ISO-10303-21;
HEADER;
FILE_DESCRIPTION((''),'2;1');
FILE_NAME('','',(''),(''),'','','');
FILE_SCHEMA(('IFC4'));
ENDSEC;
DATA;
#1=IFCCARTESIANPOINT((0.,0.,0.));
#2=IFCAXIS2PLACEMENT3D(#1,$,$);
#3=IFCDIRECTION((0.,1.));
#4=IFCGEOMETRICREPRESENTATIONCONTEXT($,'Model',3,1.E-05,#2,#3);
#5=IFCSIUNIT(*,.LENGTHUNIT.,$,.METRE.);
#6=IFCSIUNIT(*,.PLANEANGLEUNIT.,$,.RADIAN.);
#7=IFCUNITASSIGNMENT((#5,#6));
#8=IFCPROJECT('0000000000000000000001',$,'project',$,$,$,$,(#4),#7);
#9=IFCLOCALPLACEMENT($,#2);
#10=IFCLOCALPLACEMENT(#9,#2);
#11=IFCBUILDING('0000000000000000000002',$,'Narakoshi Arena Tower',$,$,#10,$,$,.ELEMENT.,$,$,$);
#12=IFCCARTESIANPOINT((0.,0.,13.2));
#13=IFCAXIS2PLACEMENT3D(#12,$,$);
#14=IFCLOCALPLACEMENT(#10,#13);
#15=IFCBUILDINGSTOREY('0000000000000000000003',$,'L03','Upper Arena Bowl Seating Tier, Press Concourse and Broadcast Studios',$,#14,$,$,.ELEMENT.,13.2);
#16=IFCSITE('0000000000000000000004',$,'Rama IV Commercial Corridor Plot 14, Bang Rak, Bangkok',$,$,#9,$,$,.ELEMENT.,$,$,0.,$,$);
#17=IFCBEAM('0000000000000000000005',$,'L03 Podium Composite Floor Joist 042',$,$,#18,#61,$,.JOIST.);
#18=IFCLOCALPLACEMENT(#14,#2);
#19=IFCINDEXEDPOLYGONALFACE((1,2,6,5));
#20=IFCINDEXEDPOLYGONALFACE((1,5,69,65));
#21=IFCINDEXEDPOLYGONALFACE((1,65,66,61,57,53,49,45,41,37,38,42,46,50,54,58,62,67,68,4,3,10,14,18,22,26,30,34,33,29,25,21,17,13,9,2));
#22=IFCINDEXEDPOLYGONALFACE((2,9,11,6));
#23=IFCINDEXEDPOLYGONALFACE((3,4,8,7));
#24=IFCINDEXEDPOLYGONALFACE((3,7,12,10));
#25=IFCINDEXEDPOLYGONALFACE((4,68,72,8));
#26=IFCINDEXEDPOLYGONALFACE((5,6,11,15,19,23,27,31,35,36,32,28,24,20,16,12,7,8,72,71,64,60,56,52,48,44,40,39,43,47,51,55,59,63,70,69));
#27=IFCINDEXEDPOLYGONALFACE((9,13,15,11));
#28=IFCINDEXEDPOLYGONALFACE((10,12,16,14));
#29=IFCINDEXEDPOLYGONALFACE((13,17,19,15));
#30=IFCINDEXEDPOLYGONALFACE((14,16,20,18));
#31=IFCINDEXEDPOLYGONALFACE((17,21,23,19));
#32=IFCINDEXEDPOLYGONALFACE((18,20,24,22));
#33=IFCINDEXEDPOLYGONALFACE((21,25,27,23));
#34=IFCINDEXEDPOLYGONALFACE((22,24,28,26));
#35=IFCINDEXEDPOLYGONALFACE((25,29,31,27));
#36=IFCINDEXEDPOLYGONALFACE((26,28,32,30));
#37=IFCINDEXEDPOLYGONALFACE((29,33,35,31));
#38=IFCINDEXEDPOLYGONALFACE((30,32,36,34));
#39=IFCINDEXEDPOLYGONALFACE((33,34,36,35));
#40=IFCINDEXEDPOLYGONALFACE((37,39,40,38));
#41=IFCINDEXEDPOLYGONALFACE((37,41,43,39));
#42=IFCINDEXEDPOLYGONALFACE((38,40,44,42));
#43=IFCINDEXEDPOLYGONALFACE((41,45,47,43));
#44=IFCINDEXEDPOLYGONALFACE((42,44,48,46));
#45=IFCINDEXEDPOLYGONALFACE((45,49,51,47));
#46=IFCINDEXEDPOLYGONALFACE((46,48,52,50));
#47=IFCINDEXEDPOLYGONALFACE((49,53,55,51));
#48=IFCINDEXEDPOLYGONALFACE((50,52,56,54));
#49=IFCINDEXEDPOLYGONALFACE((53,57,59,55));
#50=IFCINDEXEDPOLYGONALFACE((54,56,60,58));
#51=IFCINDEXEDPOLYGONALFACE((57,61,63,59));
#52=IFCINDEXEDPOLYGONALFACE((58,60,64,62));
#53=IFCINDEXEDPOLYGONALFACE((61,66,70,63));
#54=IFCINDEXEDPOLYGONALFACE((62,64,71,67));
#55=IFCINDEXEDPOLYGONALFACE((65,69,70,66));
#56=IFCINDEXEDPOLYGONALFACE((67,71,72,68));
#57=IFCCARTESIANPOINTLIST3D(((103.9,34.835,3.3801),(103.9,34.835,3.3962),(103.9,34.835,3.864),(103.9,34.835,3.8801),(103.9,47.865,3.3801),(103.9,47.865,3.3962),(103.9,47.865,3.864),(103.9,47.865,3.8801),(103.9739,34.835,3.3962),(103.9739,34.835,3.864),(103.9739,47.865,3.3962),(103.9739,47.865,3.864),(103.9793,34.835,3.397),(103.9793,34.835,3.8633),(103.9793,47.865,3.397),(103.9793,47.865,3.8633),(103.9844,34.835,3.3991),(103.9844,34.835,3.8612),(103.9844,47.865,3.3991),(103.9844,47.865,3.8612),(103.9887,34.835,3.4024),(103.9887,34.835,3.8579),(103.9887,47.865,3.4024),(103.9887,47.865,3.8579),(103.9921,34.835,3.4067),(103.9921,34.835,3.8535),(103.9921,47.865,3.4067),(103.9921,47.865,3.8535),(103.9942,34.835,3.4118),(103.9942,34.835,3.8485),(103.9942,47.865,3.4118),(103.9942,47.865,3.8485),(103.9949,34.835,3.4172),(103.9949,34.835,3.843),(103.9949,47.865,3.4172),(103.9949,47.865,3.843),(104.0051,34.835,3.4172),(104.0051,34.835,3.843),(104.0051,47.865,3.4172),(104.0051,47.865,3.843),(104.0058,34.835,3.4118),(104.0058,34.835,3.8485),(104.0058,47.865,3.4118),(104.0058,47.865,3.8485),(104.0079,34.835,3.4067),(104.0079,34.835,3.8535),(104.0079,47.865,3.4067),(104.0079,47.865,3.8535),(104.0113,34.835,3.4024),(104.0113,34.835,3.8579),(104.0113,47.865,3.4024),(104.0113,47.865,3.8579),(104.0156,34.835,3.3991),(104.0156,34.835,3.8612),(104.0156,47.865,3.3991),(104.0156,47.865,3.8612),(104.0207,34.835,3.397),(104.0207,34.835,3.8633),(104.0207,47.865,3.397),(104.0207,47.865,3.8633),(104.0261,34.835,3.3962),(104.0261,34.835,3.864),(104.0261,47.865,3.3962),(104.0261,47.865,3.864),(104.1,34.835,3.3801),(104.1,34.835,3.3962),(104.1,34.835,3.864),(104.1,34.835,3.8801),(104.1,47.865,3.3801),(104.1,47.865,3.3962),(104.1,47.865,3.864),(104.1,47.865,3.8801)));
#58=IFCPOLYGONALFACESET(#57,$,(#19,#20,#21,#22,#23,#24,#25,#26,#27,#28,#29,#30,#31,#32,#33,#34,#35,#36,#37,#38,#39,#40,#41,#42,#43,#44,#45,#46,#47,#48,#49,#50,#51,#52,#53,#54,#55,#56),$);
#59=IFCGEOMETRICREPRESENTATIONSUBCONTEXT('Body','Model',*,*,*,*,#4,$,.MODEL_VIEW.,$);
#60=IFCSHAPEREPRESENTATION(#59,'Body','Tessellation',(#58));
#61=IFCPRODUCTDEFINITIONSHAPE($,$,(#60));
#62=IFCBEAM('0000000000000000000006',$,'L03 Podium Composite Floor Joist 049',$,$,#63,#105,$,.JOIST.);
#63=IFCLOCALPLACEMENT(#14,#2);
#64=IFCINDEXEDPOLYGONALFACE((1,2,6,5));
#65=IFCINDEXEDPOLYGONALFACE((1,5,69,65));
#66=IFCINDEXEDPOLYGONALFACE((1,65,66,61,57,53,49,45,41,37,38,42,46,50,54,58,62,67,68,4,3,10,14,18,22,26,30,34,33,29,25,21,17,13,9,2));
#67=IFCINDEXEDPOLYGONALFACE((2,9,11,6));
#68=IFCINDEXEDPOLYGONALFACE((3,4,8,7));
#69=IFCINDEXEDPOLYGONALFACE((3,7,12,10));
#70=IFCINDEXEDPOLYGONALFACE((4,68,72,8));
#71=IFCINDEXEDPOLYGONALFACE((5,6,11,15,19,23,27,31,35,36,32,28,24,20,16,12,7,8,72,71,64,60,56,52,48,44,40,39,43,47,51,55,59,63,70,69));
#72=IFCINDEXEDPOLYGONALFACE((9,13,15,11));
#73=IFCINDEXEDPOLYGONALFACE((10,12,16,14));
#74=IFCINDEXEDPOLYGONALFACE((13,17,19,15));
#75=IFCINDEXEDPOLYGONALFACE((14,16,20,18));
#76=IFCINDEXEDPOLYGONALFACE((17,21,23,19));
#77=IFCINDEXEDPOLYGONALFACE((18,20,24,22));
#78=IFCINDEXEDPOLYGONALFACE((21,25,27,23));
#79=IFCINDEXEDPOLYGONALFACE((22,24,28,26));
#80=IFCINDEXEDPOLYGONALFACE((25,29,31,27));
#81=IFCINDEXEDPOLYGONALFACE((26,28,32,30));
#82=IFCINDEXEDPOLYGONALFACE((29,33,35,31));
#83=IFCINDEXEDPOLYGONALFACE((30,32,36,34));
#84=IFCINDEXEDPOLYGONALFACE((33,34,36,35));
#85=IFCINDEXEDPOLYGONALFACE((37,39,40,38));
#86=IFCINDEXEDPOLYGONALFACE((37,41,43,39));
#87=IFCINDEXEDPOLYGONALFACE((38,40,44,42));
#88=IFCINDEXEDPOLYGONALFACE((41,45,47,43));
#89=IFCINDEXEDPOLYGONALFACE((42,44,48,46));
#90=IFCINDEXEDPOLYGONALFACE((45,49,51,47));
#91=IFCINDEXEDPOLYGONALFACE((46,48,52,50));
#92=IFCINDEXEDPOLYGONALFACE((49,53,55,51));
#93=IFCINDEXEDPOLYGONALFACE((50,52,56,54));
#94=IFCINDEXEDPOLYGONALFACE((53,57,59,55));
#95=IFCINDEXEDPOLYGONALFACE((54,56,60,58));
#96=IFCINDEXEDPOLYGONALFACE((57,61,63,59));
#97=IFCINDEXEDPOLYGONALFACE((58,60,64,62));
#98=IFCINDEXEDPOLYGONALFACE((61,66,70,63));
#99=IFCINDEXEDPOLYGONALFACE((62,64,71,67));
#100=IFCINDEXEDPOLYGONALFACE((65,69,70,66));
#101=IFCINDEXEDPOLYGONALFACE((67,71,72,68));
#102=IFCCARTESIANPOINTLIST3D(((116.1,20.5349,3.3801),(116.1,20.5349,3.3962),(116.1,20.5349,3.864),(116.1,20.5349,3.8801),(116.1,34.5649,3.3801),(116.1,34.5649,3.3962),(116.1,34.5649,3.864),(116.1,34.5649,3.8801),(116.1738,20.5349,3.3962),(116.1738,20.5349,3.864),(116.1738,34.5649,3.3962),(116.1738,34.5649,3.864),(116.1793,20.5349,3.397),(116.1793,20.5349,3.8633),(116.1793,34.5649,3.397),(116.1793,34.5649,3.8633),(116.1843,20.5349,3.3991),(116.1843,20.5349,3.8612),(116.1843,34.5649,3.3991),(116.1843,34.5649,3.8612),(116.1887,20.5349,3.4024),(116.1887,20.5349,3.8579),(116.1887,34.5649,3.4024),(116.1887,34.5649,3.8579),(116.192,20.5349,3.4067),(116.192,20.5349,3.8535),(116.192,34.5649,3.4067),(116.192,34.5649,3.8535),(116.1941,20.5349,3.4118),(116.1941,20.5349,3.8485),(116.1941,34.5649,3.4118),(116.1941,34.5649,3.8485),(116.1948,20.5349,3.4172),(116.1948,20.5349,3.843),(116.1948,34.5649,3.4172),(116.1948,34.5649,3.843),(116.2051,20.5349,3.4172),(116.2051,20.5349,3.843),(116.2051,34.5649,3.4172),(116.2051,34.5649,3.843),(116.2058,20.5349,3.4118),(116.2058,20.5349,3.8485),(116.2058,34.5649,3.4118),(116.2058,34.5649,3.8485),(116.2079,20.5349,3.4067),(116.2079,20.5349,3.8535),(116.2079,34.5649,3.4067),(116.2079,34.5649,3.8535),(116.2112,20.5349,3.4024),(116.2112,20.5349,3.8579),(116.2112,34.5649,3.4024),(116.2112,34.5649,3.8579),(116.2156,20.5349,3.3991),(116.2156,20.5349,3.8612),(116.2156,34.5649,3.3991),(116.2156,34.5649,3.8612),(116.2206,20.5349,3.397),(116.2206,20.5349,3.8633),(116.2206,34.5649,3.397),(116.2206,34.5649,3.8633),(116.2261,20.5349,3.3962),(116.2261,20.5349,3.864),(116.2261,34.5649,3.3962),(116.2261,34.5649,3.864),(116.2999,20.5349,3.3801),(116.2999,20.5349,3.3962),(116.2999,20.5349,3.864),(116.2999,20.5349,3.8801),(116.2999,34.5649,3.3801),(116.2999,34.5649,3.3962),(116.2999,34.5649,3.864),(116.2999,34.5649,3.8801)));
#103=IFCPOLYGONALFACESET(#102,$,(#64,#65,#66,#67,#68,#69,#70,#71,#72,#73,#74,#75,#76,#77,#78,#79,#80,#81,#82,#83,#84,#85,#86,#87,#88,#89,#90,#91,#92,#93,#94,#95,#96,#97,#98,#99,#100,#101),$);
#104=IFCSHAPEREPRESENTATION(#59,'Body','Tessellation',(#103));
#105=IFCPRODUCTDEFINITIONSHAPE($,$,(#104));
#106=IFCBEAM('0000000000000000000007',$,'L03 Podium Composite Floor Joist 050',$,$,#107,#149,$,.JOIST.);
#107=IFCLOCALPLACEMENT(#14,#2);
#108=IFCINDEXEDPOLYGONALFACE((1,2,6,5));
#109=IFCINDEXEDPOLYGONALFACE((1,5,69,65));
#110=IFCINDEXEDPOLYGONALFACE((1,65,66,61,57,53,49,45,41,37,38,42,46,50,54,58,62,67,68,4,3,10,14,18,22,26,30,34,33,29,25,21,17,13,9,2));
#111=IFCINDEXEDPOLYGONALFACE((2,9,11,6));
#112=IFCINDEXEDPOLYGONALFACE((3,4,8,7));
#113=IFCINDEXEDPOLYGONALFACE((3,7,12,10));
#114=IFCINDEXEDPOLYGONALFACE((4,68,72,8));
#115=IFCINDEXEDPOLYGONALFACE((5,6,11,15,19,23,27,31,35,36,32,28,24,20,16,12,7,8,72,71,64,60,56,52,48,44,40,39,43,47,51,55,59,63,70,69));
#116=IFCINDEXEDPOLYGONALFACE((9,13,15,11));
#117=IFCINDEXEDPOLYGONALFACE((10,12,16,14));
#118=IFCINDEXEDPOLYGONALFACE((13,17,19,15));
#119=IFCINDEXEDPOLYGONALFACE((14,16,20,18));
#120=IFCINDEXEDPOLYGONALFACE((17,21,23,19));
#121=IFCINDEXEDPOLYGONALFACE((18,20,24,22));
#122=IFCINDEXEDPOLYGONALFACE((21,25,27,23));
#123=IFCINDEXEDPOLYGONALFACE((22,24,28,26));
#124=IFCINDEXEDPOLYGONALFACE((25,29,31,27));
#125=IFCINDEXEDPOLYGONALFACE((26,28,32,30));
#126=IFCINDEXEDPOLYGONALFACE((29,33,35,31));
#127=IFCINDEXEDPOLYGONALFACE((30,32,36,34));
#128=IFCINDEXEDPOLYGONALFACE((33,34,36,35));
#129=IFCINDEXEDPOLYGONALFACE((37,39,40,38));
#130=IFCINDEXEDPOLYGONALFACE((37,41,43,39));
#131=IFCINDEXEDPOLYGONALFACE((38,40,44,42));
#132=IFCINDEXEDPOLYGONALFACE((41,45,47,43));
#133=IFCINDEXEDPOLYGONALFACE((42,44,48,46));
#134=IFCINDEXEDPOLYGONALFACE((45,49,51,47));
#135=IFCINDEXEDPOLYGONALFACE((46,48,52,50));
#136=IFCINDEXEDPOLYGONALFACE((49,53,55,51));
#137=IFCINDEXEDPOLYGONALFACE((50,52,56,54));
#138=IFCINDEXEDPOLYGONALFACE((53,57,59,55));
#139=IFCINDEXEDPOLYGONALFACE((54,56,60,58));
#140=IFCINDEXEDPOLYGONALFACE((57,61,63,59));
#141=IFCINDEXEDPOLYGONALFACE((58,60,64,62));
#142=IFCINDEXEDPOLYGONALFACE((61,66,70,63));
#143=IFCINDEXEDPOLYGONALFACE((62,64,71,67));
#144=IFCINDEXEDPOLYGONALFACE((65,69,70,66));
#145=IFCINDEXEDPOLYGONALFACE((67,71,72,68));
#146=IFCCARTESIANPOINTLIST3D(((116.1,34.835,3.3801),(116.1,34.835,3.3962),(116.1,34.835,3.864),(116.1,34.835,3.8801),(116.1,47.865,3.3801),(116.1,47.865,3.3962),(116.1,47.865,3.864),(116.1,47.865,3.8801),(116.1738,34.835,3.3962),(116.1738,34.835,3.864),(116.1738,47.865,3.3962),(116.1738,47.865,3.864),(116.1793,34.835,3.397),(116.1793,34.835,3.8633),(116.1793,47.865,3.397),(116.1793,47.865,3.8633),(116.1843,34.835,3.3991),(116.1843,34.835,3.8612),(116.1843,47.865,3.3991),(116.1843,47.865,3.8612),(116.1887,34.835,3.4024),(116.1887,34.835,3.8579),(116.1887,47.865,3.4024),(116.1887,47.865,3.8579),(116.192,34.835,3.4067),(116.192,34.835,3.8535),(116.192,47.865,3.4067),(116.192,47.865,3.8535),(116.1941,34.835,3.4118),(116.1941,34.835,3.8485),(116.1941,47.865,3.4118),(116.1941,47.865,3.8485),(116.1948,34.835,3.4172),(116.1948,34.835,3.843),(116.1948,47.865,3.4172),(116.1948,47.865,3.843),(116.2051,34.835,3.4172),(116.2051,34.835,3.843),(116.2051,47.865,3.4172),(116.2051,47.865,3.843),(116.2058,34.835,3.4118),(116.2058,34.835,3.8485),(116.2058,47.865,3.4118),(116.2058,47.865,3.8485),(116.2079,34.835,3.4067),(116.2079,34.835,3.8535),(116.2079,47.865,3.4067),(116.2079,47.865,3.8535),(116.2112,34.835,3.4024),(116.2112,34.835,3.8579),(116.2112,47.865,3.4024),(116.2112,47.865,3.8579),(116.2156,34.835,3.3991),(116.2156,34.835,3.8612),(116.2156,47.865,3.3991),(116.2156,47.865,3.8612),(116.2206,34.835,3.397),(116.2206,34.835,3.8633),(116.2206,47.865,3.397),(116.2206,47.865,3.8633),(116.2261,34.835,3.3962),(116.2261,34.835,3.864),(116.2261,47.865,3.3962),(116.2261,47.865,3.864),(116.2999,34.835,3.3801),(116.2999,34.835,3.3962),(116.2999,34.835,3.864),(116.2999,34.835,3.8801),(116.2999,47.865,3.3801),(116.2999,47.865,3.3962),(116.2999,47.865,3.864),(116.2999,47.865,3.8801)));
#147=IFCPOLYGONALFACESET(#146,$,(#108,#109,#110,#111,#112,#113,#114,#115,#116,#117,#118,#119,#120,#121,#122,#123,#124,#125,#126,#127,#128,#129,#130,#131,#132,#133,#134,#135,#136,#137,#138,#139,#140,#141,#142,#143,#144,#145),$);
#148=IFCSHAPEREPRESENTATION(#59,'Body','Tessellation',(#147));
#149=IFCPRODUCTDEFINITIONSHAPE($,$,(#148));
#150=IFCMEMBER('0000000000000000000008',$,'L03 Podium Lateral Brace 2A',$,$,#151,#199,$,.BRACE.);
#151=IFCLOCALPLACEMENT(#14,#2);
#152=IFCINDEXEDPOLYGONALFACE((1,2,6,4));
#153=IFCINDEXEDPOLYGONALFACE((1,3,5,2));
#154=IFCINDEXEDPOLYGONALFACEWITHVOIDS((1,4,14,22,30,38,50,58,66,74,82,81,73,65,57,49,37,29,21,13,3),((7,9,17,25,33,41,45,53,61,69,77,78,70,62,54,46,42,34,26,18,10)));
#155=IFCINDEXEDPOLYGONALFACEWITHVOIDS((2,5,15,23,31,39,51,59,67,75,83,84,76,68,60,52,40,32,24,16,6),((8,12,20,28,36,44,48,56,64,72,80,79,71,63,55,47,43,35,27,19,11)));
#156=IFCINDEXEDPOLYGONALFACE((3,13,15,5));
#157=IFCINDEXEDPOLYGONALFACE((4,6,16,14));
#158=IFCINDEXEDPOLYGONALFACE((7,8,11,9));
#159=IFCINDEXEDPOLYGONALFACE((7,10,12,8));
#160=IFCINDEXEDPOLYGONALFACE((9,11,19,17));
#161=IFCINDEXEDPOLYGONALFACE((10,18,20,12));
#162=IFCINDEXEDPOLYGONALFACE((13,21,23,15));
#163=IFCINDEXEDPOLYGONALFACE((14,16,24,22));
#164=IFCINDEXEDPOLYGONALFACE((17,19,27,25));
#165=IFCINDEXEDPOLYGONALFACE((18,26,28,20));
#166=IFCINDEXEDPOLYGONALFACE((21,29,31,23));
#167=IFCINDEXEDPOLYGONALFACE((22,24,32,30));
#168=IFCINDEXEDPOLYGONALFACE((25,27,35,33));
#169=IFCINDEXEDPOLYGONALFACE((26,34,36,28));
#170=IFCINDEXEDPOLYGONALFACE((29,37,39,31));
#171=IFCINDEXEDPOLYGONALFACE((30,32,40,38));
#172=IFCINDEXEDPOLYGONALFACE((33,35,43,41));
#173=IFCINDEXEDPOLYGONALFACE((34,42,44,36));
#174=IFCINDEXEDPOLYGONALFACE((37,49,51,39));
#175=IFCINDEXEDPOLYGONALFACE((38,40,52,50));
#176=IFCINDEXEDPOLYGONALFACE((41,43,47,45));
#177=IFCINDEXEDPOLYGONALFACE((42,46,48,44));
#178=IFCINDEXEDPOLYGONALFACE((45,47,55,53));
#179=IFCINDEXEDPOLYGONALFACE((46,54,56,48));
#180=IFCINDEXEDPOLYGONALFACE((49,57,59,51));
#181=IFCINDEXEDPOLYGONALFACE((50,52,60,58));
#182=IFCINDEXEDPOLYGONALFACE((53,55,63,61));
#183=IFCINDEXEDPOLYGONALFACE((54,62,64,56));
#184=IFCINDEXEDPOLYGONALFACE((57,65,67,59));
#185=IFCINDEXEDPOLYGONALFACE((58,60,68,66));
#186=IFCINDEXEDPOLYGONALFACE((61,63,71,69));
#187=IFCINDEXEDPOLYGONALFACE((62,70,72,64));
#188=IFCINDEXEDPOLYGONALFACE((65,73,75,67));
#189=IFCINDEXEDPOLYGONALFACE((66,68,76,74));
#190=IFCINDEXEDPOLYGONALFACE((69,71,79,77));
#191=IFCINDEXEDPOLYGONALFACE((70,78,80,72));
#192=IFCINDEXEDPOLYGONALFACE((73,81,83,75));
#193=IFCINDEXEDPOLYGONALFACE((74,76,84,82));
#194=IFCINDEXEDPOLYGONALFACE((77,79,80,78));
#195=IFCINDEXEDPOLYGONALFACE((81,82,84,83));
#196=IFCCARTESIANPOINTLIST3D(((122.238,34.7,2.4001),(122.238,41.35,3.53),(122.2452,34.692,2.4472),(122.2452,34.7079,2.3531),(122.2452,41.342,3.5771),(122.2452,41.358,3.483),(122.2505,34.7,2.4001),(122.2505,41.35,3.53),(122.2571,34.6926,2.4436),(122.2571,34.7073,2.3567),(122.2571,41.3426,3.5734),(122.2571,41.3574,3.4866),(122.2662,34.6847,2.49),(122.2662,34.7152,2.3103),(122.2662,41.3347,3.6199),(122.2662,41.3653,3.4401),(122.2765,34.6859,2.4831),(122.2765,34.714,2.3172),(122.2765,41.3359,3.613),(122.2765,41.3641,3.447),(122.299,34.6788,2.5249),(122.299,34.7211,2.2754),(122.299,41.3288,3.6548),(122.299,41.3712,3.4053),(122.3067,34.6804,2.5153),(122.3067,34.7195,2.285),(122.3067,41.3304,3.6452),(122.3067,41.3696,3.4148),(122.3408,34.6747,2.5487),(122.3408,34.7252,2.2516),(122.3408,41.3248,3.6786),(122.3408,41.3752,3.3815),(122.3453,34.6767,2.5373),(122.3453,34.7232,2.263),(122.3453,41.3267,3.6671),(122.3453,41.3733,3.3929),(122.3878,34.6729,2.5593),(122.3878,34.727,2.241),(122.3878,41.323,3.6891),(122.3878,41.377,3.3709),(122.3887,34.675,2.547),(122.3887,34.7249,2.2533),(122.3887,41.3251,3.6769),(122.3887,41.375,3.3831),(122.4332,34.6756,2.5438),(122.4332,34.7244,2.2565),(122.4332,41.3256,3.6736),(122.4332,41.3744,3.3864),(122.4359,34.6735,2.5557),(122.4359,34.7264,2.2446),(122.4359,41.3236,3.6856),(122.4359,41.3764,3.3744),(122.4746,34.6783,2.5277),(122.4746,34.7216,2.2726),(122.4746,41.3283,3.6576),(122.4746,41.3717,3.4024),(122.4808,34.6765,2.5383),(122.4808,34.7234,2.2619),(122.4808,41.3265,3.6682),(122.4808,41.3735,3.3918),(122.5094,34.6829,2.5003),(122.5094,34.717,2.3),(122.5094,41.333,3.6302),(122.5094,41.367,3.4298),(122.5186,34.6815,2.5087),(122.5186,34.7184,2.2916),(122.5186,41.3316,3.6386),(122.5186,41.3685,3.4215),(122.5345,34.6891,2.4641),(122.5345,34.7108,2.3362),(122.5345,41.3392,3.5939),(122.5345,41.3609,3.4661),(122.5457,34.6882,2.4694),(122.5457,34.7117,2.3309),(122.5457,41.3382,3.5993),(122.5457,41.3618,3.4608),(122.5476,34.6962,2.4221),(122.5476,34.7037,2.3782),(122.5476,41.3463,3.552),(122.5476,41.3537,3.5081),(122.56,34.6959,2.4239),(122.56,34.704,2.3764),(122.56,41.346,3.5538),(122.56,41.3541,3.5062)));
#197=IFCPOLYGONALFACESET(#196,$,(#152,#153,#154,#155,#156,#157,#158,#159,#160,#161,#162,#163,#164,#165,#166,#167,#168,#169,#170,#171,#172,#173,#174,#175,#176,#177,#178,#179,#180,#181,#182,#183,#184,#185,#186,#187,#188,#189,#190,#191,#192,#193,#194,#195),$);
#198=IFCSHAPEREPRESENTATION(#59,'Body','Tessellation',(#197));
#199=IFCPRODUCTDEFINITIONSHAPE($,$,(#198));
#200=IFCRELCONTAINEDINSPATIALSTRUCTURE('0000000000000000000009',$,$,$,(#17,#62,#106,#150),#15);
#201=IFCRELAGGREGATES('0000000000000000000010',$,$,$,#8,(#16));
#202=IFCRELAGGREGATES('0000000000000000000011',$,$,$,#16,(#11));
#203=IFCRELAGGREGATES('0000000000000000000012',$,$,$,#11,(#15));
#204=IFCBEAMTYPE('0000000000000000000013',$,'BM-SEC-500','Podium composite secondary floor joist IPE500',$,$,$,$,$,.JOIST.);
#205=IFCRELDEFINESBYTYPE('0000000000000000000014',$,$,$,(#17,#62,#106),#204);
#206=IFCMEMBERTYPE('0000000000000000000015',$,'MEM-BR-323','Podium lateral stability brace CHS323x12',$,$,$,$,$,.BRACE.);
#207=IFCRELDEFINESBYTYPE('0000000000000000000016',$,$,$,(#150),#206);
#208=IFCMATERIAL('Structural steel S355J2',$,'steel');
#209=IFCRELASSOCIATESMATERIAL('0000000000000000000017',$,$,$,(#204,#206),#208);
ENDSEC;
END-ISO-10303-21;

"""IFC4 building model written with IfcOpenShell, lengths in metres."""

from ifc_helpers import new_model, si_unit, direction, frame, origin, origin_2d, place, context, subcontext, project, spatial, hollow_circle, i_section, extrude, material, material_profile, profile_set, type_object, element, save


model = new_model("IFC4")

# Units and contexts
model_context = context("Model", 3, precision=1e-05, world=origin(), true_north=direction((0.0, 1.0)))
body_context = subcontext(model_context, "Body", "Model", "MODEL_VIEW")
ifc_project = project(units=[si_unit("LENGTHUNIT", "METRE"), si_unit("PLANEANGLEUNIT", "RADIAN")], contexts=[model_context])

# Site, building, storey
site_placement = place(None, origin())
site = spatial("IfcSite", under=ifc_project, at=site_placement, Name="Rama IV Commercial Corridor Plot 14, Bang Rak, Bangkok", CompositionType="ELEMENT", RefElevation=0.0)
building_placement = place(site_placement, origin())
building = spatial("IfcBuilding", under=site, at=building_placement, Name="Narakoshi Arena Tower", CompositionType="ELEMENT")
storey_placement = place(building_placement, frame((0.0, 0.0, 13.2)))
storey = spatial("IfcBuildingStorey", under=building, at=storey_placement, Name="L03", Description="Upper Arena Bowl Seating Tier, Press Concourse and Broadcast Studios", CompositionType="ELEMENT", Elevation=13.2)

# Beams
ifc_material_1 = material(Name="Structural steel S355J2", Category="steel")
ifc_material_profile_1 = material_profile(ifc_material_1, i_section(OverallWidth=0.2, OverallDepth=0.5, WebThickness=0.0103, FlangeThickness=0.0161, FilletRadius=0.021, at=origin_2d()), Name="IPE500")
ifc_profile_set_1 = profile_set([ifc_material_profile_1], Name="Structural steel S355J2")
beam_type_1 = type_object("IfcBeamType", Name="BM-SEC-500", Description="Podium composite secondary floor joist IPE500", PredefinedType="JOIST", material=ifc_profile_set_1)
beam_1_placement = place(storey_placement, frame((104.0, 34.835, 3.6301), z_axis=(0.0, 1.0, 0.0), x_axis=(-1.0, 0.0, 0.0)))
element("IfcBeam", 1, at=beam_1_placement, inside=storey, type_object=beam_type_1, Name="L03 Podium Composite Floor Joist 042", PredefinedType="JOIST", context=body_context, shape_type="SweptSolid", body=[
    extrude(i_section(OverallWidth=0.2, OverallDepth=0.5, WebThickness=0.0103, FlangeThickness=0.0161, FilletRadius=0.021, at=origin_2d()), origin(), (0.0, 0.0, 1.0), 13.03),
])
beam_2_placement = place(storey_placement, frame((116.2, 20.5349, 3.6301), z_axis=(0.0, 1.0, 0.0), x_axis=(-1.0, 0.0, 0.0)))
element("IfcBeam", 2, at=beam_2_placement, inside=storey, type_object=beam_type_1, Name="L03 Podium Composite Floor Joist 049", PredefinedType="JOIST", context=body_context, shape_type="SweptSolid", body=[
    extrude(i_section(OverallWidth=0.2, OverallDepth=0.5, WebThickness=0.0103, FlangeThickness=0.0161, FilletRadius=0.021, at=origin_2d()), origin(), (0.0, 0.0, 1.0), 14.03),
])
beam_3_placement = place(storey_placement, frame((116.2, 34.835, 3.6301), z_axis=(0.0, 1.0, 0.0), x_axis=(-1.0, 0.0, 0.0)))
element("IfcBeam", 3, at=beam_3_placement, inside=storey, type_object=beam_type_1, Name="L03 Podium Composite Floor Joist 050", PredefinedType="JOIST", context=body_context, shape_type="SweptSolid", body=[
    extrude(i_section(OverallWidth=0.2, OverallDepth=0.5, WebThickness=0.0103, FlangeThickness=0.0161, FilletRadius=0.021, at=origin_2d()), origin(), (0.0, 0.0, 1.0), 13.03),
])

# Member
ifc_material_profile_2 = material_profile(ifc_material_1, hollow_circle(Radius=0.1619, WallThickness=0.0125, at=origin_2d()), Name="CHS323x12")
ifc_profile_set_2 = profile_set([ifc_material_profile_2], Name="Structural steel S355J2")
member_type = type_object("IfcMemberType", Name="MEM-BR-323", Description="Podium lateral stability brace CHS323x12", PredefinedType="BRACE", material=ifc_profile_set_2)
member_placement = place(storey_placement, frame((122.3999, 34.7, 2.4001), z_axis=(0.0, 0.985872, 0.167503), x_axis=(-1.0, 0.0, 0.0)))
element("IfcMember", 4, at=member_placement, inside=storey, type_object=member_type, Name="L03 Podium Lateral Brace 2A", PredefinedType="BRACE", context=body_context, shape_type="SweptSolid", body=[
    extrude(hollow_circle(Radius=0.1619, WallThickness=0.0125, at=origin_2d()), origin(), (0.0, 0.0, 1.0), 6.7454),
])

save(model, "model.ifc")
